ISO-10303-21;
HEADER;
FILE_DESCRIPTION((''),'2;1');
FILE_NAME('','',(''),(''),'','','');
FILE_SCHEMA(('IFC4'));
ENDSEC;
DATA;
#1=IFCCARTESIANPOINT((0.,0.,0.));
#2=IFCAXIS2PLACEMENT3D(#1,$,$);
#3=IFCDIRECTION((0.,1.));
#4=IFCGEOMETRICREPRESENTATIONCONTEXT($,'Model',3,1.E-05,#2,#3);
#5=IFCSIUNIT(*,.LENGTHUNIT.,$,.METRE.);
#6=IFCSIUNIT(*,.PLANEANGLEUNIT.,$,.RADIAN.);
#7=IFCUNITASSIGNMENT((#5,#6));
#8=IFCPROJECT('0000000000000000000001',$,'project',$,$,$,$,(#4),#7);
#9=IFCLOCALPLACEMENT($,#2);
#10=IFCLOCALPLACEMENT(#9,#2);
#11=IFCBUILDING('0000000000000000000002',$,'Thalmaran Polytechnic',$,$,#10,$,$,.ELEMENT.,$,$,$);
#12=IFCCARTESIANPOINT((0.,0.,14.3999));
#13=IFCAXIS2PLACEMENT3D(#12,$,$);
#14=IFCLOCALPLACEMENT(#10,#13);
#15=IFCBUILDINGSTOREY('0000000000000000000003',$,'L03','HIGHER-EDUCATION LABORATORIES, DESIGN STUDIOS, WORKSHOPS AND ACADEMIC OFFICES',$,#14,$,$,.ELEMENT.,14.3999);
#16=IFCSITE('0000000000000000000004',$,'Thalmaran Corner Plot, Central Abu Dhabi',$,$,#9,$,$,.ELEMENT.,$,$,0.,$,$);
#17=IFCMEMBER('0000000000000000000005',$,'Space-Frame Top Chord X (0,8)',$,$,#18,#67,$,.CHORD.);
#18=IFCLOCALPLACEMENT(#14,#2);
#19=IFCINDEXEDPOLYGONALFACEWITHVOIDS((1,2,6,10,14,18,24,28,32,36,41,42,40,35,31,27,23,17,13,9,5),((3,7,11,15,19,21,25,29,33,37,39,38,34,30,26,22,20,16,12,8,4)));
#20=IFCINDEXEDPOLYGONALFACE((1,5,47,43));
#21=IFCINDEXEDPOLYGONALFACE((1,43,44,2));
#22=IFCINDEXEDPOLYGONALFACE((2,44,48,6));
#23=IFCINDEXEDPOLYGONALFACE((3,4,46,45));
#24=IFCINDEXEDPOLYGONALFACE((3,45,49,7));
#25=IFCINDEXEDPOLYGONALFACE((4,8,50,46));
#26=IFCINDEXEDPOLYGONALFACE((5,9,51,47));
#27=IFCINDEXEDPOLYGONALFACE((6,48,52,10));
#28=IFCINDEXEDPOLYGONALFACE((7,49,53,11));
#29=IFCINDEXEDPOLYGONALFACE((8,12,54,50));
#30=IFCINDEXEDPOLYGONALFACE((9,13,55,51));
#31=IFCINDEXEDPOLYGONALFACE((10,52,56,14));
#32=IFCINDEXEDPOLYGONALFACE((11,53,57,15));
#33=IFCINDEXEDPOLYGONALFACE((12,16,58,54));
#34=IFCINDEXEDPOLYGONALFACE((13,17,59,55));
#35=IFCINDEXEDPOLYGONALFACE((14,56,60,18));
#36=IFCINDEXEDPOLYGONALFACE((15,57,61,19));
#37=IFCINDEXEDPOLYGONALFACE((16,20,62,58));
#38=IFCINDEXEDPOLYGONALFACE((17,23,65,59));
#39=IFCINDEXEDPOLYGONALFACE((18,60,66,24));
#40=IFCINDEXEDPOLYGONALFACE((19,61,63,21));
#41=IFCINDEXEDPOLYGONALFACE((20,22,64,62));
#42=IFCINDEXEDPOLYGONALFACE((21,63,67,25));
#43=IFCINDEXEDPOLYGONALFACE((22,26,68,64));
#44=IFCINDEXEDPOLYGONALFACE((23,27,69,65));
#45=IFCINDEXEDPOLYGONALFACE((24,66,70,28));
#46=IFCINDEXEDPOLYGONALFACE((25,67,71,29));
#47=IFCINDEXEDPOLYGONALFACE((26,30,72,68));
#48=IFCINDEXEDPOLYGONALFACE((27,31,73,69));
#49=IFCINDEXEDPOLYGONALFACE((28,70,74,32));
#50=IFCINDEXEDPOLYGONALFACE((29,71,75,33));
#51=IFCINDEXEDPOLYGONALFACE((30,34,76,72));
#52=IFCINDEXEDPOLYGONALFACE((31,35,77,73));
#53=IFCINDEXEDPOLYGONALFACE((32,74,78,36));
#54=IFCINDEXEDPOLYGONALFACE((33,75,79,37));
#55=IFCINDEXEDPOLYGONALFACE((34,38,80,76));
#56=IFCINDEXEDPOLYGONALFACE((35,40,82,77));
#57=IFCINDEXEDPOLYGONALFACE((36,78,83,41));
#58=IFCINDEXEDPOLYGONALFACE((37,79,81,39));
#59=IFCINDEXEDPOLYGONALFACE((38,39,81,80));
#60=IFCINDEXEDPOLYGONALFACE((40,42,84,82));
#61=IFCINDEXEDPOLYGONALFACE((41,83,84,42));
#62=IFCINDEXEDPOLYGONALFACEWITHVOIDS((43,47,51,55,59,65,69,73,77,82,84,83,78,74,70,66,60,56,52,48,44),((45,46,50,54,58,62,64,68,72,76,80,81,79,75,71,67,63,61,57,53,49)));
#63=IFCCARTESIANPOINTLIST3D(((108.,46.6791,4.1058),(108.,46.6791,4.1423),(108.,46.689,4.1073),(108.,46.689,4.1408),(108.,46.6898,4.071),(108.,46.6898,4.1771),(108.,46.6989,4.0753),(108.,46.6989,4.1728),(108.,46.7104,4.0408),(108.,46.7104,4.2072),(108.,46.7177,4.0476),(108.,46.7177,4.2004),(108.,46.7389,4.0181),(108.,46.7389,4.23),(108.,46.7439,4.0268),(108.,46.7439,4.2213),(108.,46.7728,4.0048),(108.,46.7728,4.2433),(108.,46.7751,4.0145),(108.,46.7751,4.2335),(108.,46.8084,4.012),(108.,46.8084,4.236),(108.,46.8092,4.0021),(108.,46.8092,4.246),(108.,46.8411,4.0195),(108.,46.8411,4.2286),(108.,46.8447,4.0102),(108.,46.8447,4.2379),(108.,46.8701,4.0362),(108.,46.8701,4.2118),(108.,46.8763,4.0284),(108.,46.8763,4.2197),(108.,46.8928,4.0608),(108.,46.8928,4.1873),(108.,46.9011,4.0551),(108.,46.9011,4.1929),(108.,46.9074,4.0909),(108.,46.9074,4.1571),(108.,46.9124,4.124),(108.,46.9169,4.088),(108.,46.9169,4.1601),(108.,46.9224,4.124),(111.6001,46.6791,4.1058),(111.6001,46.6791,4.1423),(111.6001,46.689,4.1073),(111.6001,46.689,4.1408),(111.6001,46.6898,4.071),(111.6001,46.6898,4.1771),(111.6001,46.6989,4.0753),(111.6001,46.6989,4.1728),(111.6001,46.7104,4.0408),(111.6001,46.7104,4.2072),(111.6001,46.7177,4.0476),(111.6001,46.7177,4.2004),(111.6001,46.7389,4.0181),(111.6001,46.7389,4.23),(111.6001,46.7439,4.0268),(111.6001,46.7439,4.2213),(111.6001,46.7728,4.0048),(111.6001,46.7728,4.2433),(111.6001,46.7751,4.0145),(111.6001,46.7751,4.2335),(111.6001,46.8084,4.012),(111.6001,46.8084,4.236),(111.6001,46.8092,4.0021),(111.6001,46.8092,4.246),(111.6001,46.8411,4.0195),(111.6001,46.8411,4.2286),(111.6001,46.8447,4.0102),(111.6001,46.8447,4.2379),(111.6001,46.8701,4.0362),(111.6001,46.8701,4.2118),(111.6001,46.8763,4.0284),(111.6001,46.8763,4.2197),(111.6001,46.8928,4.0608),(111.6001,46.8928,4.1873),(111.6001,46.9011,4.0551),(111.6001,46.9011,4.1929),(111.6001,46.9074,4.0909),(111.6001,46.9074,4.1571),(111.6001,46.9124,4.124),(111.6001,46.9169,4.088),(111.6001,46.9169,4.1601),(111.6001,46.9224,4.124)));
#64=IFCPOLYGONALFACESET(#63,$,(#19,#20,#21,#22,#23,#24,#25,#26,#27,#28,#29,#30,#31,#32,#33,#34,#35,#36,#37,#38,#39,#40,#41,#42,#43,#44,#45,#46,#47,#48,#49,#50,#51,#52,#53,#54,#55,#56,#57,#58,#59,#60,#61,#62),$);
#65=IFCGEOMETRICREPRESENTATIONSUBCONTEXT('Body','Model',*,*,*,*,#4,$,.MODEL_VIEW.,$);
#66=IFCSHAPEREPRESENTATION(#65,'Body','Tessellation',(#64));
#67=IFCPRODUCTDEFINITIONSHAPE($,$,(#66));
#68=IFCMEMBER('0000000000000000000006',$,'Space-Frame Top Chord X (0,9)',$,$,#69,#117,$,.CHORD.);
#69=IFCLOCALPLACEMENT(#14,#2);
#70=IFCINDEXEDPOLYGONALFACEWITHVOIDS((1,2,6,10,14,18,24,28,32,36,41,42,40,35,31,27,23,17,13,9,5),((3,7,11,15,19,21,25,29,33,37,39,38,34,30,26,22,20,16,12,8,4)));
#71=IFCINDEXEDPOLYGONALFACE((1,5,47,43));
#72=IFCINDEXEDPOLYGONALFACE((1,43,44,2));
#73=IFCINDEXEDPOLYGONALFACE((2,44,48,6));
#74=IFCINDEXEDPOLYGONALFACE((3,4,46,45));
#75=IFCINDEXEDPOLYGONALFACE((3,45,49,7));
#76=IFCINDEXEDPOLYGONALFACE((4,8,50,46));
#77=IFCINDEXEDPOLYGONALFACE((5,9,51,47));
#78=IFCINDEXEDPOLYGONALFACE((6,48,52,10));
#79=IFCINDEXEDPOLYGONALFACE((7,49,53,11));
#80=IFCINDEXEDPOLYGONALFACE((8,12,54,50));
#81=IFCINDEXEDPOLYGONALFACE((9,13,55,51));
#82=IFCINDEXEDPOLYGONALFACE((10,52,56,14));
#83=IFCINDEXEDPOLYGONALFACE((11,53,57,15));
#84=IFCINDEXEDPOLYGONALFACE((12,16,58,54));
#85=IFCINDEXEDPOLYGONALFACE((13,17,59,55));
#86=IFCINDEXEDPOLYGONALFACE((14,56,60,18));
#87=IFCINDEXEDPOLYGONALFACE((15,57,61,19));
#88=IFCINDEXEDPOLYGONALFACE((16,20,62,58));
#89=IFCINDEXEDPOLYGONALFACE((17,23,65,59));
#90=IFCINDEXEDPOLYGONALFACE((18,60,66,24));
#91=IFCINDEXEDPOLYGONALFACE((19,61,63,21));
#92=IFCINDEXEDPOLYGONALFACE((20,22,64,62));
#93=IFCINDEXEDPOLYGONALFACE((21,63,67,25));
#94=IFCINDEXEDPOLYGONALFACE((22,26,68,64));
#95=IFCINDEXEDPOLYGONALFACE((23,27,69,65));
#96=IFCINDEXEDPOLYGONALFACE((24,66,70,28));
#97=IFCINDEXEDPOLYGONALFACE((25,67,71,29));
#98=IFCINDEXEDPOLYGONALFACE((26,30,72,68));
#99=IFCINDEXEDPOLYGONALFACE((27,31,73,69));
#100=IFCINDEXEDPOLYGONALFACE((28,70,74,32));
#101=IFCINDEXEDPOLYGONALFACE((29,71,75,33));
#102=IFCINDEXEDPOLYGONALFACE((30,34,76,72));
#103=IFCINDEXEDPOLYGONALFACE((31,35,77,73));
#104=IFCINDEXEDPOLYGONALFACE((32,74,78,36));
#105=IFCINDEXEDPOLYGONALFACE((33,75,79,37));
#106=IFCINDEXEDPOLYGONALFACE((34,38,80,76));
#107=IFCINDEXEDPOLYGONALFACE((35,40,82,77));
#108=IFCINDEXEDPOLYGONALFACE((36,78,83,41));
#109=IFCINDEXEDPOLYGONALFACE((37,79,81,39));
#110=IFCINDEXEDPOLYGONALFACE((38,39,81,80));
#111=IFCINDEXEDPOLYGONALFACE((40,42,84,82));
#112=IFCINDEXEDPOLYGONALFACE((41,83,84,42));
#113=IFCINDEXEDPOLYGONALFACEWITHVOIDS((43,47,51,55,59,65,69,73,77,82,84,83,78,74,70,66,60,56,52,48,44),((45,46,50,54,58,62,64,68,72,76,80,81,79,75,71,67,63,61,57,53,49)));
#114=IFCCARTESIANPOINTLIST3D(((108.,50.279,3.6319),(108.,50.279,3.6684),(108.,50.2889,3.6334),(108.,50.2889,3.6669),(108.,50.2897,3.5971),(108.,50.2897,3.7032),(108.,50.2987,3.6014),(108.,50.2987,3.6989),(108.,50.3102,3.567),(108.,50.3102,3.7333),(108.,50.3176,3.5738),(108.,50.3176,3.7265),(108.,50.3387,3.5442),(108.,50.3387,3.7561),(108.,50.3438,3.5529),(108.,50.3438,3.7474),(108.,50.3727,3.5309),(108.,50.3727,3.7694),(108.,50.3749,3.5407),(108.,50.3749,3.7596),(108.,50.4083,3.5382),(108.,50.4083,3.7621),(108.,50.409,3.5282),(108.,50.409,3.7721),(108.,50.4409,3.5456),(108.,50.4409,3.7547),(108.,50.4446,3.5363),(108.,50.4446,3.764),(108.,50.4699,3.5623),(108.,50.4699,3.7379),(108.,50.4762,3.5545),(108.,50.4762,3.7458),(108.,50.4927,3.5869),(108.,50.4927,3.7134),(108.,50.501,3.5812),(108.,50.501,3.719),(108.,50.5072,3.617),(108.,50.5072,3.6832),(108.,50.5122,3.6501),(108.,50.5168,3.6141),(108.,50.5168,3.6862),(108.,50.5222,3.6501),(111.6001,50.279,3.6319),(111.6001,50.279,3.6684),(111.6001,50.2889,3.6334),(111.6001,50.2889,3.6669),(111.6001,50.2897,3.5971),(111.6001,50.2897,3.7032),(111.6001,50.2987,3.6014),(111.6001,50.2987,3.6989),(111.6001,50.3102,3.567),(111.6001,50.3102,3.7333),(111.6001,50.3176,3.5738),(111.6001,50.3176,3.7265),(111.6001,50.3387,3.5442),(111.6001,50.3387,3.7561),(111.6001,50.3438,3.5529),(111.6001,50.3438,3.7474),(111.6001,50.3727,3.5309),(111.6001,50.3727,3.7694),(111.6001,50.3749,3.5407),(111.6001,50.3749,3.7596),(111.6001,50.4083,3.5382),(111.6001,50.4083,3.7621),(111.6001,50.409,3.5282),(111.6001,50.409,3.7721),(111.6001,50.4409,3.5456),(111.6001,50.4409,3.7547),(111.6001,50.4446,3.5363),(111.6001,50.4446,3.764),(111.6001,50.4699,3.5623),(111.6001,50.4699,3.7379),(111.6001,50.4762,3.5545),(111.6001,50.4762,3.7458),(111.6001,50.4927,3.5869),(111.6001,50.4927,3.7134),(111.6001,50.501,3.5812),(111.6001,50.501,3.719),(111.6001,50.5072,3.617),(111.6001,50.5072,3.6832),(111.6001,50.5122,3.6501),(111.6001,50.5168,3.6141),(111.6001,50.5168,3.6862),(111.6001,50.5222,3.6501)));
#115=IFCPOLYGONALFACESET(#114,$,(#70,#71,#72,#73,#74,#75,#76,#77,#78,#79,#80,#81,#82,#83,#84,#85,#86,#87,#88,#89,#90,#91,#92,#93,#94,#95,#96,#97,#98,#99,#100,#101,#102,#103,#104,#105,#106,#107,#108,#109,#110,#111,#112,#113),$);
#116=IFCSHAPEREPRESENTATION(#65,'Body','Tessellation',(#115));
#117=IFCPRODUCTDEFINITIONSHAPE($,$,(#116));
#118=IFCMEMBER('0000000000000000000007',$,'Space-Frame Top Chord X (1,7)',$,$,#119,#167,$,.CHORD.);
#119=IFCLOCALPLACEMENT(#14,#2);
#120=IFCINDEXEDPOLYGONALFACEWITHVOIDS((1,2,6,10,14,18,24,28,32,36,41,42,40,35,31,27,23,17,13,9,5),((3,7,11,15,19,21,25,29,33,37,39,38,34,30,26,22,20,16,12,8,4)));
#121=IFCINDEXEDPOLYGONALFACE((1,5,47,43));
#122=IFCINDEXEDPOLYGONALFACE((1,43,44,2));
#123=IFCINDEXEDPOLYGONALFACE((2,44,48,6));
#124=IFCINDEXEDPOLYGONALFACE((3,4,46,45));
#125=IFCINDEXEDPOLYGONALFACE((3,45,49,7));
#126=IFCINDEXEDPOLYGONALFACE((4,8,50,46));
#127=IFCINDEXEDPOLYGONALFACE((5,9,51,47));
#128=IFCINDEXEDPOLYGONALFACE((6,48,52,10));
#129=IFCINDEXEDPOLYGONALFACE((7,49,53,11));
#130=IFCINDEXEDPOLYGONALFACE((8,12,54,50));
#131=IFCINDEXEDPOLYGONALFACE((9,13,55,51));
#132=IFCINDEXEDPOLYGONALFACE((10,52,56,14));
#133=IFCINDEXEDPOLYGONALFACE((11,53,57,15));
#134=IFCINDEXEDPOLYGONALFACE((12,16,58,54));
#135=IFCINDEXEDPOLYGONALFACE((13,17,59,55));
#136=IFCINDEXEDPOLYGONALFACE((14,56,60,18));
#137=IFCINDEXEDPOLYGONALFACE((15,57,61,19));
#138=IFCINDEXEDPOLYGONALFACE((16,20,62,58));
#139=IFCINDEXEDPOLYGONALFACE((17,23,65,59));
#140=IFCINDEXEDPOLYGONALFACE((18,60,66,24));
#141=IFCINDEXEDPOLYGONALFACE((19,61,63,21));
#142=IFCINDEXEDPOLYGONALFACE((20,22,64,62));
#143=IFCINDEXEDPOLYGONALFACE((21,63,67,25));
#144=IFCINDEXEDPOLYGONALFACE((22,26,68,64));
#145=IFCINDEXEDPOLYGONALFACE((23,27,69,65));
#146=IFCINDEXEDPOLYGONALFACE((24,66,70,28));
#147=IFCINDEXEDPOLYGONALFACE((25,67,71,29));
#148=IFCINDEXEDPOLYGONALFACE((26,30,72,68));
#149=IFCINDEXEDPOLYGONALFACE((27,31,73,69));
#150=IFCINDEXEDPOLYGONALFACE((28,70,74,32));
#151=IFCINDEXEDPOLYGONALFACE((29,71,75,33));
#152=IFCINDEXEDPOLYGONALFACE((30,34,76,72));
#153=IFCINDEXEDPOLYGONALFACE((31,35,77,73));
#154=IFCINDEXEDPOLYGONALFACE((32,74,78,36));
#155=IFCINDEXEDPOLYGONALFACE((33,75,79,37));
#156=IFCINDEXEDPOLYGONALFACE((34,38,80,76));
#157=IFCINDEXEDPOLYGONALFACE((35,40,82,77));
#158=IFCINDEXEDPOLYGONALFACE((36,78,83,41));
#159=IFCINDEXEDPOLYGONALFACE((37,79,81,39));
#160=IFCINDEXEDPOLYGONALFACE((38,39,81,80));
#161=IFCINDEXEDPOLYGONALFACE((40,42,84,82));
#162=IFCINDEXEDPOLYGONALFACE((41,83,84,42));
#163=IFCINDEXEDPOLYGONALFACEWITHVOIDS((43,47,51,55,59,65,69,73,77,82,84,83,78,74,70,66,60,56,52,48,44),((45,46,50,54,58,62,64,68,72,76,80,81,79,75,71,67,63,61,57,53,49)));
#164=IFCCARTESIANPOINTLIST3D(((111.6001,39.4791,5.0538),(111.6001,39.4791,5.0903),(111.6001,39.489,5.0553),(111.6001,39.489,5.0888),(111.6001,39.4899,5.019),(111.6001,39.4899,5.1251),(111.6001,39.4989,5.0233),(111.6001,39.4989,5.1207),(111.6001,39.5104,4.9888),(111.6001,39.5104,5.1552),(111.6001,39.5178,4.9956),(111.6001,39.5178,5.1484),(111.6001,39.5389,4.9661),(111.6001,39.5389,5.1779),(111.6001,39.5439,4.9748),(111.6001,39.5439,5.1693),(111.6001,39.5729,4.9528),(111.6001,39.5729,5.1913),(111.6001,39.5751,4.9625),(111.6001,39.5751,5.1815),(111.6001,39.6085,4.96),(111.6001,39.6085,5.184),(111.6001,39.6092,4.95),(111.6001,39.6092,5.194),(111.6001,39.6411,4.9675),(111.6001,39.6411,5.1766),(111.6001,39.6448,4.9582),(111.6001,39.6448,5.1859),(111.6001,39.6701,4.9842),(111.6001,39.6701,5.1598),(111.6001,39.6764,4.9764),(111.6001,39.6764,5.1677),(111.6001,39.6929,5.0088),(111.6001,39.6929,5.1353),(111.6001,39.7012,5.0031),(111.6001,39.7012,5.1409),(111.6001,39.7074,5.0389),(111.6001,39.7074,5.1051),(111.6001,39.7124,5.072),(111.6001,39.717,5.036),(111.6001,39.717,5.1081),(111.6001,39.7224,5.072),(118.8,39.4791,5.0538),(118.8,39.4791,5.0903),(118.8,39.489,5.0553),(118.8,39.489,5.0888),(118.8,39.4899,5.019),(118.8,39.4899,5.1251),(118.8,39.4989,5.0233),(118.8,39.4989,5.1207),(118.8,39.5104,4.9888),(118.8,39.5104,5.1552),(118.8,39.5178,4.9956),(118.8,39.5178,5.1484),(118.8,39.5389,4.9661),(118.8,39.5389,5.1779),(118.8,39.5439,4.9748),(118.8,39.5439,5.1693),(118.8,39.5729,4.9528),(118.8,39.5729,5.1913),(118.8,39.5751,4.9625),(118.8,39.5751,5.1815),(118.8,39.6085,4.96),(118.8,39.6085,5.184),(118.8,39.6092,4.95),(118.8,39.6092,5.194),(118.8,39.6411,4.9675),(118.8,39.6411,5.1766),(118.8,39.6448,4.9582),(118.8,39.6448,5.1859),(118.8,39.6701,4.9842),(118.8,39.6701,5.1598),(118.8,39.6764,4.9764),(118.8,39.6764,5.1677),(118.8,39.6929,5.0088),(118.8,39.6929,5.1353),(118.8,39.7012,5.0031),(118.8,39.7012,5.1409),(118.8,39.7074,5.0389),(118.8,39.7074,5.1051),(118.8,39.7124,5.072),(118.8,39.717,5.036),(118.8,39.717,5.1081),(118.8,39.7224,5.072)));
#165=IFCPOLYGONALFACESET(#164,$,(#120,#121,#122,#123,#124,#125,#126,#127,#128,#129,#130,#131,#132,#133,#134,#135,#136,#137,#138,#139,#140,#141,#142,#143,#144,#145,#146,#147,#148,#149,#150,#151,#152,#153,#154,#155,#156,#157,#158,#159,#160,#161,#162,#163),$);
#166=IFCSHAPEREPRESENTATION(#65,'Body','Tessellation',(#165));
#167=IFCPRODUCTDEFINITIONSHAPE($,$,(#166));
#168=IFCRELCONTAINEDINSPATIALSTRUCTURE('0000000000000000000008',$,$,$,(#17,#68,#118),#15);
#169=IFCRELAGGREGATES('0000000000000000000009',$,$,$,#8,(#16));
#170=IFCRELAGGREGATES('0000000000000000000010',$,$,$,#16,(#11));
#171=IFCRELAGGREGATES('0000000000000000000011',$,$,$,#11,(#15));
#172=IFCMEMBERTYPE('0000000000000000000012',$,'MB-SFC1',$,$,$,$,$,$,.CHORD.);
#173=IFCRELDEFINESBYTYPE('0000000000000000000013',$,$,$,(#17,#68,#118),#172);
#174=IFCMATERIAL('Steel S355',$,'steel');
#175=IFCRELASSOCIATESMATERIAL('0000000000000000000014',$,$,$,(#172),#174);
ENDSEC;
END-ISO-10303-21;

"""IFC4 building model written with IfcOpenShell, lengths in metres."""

from ifc_helpers import new_model, si_unit, direction, frame, origin, origin_2d, place, context, subcontext, project, spatial, hollow_circle, extrude, material, material_profile, profile_set, type_object, element, save


model = new_model("IFC4")

# Units and contexts
model_context = context("Model", 3, precision=1e-05, world=origin(), true_north=direction((0.0, 1.0)))
body_context = subcontext(model_context, "Body", "Model", "MODEL_VIEW")
ifc_project = project(units=[si_unit("LENGTHUNIT", "METRE"), si_unit("PLANEANGLEUNIT", "RADIAN")], contexts=[model_context])

# Site, building, storey
site_placement = place(None, origin())
site = spatial("IfcSite", under=ifc_project, at=site_placement, Name="Thalmaran Corner Plot, Central Abu Dhabi", CompositionType="ELEMENT", RefElevation=0.0)
building_placement = place(site_placement, origin())
building = spatial("IfcBuilding", under=site, at=building_placement, Name="Thalmaran Polytechnic", CompositionType="ELEMENT")
storey_placement = place(building_placement, frame((0.0, 0.0, 14.3999)))
storey = spatial("IfcBuildingStorey", under=building, at=storey_placement, Name="L03", Description="HIGHER-EDUCATION LABORATORIES, DESIGN STUDIOS, WORKSHOPS AND ACADEMIC OFFICES", CompositionType="ELEMENT", Elevation=14.3999)

# Shared definitions
ifc_material_1 = material(Name="Steel S355", Category="steel")

# Members
ifc_material_profile_1 = material_profile(ifc_material_1, hollow_circle(Radius=0.1223, WallThickness=0.01, at=origin_2d()), Name="CHS 244.5x10.0")
ifc_profile_set_1 = profile_set([ifc_material_profile_1], Name="Steel S355")
member_type_1 = type_object("IfcMemberType", Name="MB-SFC1", PredefinedType="CHORD", material=ifc_profile_set_1)
for number, where, z_axis, x_axis, name in (
    (1, (108.0, 46.8, 4.124), (1.0, 0.0, 0.0), (0.0, 1.0, 0.0), "Space-Frame Top Chord X (0,8)"),
    (2, (108.0, 50.3999, 3.6501), (1.0, 0.0, 0.0), (0.0, 1.0, 0.0), "Space-Frame Top Chord X (0,9)"),
):
    element("IfcMember", number, at=place(storey_placement, frame(where, z_axis=z_axis, x_axis=x_axis)), inside=storey, type_object=member_type_1, Name=name, PredefinedType="CHORD", context=body_context, shape_type="SweptSolid", body=[
        extrude(hollow_circle(Radius=0.1223, WallThickness=0.01, at=origin_2d()), origin(), (0.0, 0.0, 1.0), 3.6001),
    ])
member_1_placement = place(storey_placement, frame((111.6001, 39.6001, 5.072), z_axis=(1.0, 0.0, 0.0), x_axis=(0.0, 1.0, 0.0)))
element("IfcMember", 3, at=member_1_placement, inside=storey, type_object=member_type_1, Name="Space-Frame Top Chord X (1,7)", PredefinedType="CHORD", context=body_context, shape_type="SweptSolid", body=[
    extrude(hollow_circle(Radius=0.1223, WallThickness=0.01, at=origin_2d()), origin(), (0.0, 0.0, 1.0), 7.2),
])

save(model, "model.ifc")
